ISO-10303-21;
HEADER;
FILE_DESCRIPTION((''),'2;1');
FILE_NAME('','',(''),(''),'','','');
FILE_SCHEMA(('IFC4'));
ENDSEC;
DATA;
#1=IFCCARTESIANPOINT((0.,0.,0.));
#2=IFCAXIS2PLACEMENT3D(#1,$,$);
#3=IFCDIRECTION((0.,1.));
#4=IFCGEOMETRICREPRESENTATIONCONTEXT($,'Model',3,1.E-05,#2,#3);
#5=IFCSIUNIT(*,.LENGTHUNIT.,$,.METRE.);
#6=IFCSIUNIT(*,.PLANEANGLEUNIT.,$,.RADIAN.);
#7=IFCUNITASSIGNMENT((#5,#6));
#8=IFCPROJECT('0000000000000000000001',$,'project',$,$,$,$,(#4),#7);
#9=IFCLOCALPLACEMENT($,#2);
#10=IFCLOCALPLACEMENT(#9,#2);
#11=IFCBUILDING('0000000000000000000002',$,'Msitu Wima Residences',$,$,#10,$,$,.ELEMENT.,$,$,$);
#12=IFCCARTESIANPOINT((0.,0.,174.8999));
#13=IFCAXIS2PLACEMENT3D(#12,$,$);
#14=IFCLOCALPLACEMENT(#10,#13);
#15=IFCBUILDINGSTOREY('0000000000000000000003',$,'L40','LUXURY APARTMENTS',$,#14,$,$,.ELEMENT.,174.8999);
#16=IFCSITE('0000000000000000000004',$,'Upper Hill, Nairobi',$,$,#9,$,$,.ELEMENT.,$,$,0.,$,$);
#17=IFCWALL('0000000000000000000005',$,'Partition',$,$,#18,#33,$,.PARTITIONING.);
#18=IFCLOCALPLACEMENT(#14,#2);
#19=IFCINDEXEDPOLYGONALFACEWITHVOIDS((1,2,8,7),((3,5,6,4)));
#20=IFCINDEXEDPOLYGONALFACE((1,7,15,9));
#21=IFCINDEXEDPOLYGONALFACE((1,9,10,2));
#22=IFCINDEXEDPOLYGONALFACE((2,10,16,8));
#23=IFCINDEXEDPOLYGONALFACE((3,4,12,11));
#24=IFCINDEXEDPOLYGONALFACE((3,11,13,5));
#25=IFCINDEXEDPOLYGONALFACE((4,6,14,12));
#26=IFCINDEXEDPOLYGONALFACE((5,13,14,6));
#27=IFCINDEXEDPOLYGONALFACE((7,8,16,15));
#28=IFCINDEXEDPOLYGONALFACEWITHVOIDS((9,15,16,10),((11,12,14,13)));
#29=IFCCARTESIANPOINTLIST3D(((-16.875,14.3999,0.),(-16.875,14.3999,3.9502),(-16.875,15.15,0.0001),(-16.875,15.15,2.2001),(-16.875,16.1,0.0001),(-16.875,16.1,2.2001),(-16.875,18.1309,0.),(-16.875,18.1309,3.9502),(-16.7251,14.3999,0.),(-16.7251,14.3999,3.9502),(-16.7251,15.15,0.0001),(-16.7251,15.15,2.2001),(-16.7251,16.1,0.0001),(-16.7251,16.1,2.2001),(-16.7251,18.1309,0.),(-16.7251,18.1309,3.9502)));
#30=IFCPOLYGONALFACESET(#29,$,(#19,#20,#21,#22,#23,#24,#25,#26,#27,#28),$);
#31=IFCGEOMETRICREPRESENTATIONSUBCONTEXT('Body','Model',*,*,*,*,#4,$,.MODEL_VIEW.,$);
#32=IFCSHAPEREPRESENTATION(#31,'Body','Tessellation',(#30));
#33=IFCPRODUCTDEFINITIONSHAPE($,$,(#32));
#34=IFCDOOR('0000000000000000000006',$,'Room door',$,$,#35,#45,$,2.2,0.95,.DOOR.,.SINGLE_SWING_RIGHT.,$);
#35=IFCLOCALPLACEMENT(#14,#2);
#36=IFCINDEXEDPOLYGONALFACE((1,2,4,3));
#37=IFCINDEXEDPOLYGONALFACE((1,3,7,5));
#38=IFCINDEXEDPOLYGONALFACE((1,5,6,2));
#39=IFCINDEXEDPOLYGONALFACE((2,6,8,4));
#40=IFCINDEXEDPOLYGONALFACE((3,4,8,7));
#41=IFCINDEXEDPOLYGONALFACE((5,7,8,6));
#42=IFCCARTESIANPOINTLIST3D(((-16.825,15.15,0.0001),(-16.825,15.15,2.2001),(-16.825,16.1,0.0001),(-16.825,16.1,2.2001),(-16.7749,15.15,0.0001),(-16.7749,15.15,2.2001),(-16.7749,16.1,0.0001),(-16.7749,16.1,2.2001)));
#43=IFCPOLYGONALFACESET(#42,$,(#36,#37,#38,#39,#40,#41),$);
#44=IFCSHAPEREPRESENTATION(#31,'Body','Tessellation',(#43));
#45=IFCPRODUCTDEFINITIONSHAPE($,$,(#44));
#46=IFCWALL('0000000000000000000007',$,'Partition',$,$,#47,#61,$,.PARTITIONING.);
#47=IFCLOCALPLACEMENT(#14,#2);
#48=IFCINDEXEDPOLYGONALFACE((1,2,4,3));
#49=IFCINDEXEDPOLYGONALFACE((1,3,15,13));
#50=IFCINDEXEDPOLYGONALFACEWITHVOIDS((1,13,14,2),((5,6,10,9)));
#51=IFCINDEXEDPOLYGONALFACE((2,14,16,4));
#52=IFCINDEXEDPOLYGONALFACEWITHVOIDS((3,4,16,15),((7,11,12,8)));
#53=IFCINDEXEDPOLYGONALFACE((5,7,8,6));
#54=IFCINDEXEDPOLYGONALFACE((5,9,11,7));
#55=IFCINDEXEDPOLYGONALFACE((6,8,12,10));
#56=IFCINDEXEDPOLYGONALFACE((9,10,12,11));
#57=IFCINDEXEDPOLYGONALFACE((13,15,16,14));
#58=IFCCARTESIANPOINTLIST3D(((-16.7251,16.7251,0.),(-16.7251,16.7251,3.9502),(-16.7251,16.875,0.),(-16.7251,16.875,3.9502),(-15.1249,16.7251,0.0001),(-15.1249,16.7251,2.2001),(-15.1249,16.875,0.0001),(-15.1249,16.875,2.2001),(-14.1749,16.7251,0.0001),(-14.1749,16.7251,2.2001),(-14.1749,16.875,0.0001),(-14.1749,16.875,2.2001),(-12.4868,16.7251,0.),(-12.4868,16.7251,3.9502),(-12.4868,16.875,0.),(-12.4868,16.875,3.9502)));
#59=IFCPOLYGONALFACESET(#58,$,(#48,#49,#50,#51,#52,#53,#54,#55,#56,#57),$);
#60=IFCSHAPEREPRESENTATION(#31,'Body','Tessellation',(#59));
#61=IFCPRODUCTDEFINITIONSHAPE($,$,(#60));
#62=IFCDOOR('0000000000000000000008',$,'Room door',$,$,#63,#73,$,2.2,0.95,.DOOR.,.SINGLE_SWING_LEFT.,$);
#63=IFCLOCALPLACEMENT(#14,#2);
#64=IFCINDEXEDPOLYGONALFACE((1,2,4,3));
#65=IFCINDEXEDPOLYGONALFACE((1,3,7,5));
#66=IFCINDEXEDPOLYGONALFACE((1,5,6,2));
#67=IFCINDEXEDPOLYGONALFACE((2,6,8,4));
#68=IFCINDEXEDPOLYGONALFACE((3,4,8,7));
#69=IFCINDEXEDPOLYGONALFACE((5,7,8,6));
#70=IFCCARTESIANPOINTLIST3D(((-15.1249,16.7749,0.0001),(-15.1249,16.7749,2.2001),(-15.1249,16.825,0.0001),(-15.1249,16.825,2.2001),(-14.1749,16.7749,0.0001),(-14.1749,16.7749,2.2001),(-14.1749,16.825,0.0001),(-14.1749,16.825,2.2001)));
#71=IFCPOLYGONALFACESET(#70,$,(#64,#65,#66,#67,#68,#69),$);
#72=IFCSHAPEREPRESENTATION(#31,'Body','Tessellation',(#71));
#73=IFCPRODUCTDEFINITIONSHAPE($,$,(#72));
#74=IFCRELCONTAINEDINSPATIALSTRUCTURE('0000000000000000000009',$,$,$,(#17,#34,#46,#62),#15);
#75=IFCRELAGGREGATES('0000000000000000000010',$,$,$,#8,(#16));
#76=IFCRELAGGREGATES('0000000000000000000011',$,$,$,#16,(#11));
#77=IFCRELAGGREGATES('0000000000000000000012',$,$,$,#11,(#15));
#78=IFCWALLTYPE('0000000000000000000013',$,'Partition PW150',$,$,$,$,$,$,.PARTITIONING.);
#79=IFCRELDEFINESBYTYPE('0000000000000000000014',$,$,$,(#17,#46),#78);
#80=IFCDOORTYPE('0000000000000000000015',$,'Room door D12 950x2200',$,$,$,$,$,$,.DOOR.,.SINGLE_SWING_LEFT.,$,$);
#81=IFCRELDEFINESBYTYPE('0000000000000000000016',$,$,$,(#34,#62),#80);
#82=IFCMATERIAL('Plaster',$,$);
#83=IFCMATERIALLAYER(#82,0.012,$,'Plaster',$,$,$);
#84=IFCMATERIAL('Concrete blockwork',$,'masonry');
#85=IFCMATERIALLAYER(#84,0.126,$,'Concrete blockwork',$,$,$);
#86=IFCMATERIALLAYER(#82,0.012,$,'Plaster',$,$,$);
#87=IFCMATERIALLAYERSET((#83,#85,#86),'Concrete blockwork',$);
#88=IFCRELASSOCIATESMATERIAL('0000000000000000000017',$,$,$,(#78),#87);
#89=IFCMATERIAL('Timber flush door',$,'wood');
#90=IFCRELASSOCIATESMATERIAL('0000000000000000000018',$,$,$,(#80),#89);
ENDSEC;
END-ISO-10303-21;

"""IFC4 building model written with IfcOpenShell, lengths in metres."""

from ifc_helpers import new_model, si_unit, direction, frame, frame_2d, origin, place, context, subcontext, project, spatial, rectangle, extrude, material, layer, layer_set, type_object, element, fill, save


model = new_model("IFC4")

# Units and contexts
model_context = context("Model", 3, precision=1e-05, world=origin(), true_north=direction((0.0, 1.0)))
body_context = subcontext(model_context, "Body", "Model", "MODEL_VIEW")
ifc_project = project(units=[si_unit("LENGTHUNIT", "METRE"), si_unit("PLANEANGLEUNIT", "RADIAN")], contexts=[model_context])

# Site, building, storey
site_placement = place(None, origin())
site = spatial("IfcSite", under=ifc_project, at=site_placement, Name="Upper Hill, Nairobi", CompositionType="ELEMENT", RefElevation=0.0)
building_placement = place(site_placement, origin())
building = spatial("IfcBuilding", under=site, at=building_placement, Name="Msitu Wima Residences", CompositionType="ELEMENT")
storey_placement = place(building_placement, frame((0.0, 0.0, 174.8999)))
storey = spatial("IfcBuildingStorey", under=building, at=storey_placement, Name="L40", Description="LUXURY APARTMENTS", CompositionType="ELEMENT", Elevation=174.8999)

# Shared definitions
ifc_material_1 = material(Name="Plaster")
ifc_material_2 = material(Name="Concrete blockwork", Category="masonry")

# Shared definitions
ifc_layer_1 = layer(ifc_material_1, 0.012, Name="Plaster")
ifc_layer_2 = layer(ifc_material_2, 0.126, Name="Concrete blockwork")
ifc_layer_3 = layer(ifc_material_1, 0.012, Name="Plaster")
ifc_layer_set_1 = layer_set([ifc_layer_1, ifc_layer_2, ifc_layer_3], Name="Concrete blockwork")
wall_type_1 = type_object("IfcWallType", Name="Partition PW150", PredefinedType="PARTITIONING", material=ifc_layer_set_1)

# Shared definitions
ifc_material_3 = material(Name="Timber flush door", Category="wood")
door_type_1 = type_object("IfcDoorType", Name="Room door D12 950x2200", OperationType="SINGLE_SWING_LEFT", PredefinedType="DOOR", material=ifc_material_3)

# Walls, openings, doors
wall_1_placement = place(storey_placement, frame((-16.8, 14.3999, 0.0), z_axis=(0.0, 0.0, 1.0), x_axis=(0.0, 1.0, 0.0)))
wall_1 = element("IfcWall", 1, at=wall_1_placement, inside=storey, type_object=wall_type_1, Name="Partition", PredefinedType="PARTITIONING", context=body_context, shape_type="SweptSolid", body=[
    extrude(rectangle(XDim=3.731, YDim=0.1499, at=frame_2d((1.8655, 0.0))), origin(), (0.0, 0.0, 1.0), 3.9502),
])
opening_1_placement = place(wall_1_placement, frame((0.75, 0.0, 0.0)))
opening_1 = element("IfcOpeningElement", 2, at=opening_1_placement, cuts=wall_1, PredefinedType="OPENING", context=body_context, shape_type="SweptSolid", body=[
    extrude(rectangle(XDim=0.95, YDim=2.2, at=frame_2d((0.4751, 1.1001))), frame((0.0, 0.085, 0.0), z_axis=(0.0, -1.0, 0.0), x_axis=(1.0, 0.0, 0.0)), (0.0, 0.0, 1.0), 0.1699),
])
door_1_placement = place(opening_1_placement, origin())
door_1 = element("IfcDoor", 3, at=door_1_placement, inside=storey, type_object=door_type_1, Name="Room door", OperationType="SINGLE_SWING_RIGHT", OverallHeight=2.2, OverallWidth=0.95, PredefinedType="DOOR", context=body_context, shape_type="SweptSolid", body=[
    extrude(rectangle(XDim=0.95, YDim=2.2, at=frame_2d((0.4751, 1.1001))), frame((0.0, 0.0249, 0.0), z_axis=(0.0, -1.0, 0.0), x_axis=(1.0, 0.0, 0.0)), (0.0, 0.0, 1.0), 0.05),
])
fill(opening_1, door_1)
wall_2_placement = place(storey_placement, frame((-16.7251, 16.8, 0.0), z_axis=(0.0, 0.0, 1.0), x_axis=(1.0, 0.0, 0.0)))
wall_2 = element("IfcWall", 4, at=wall_2_placement, inside=storey, type_object=wall_type_1, Name="Partition", PredefinedType="PARTITIONING", context=body_context, shape_type="SweptSolid", body=[
    extrude(rectangle(XDim=4.2383, YDim=0.1499, at=frame_2d((2.1191, 0.0))), origin(), (0.0, 0.0, 1.0), 3.9502),
])
opening_2_placement = place(wall_2_placement, frame((1.6001, 0.0, 0.0)))
opening_2 = element("IfcOpeningElement", 5, at=opening_2_placement, cuts=wall_2, PredefinedType="OPENING", context=body_context, shape_type="SweptSolid", body=[
    extrude(rectangle(XDim=0.95, YDim=2.2, at=frame_2d((0.4751, 1.1001))), frame((0.0, 0.085, 0.0), z_axis=(0.0, -1.0, 0.0), x_axis=(1.0, 0.0, 0.0)), (0.0, 0.0, 1.0), 0.1699),
])
door_2_placement = place(opening_2_placement, origin())
door_2 = element("IfcDoor", 6, at=door_2_placement, inside=storey, type_object=door_type_1, Name="Room door", OperationType="SINGLE_SWING_LEFT", OverallHeight=2.2, OverallWidth=0.95, PredefinedType="DOOR", context=body_context, shape_type="SweptSolid", body=[
    extrude(rectangle(XDim=0.95, YDim=2.2, at=frame_2d((0.4751, 1.1001))), frame((0.0, 0.0249, 0.0), z_axis=(0.0, -1.0, 0.0), x_axis=(1.0, 0.0, 0.0)), (0.0, 0.0, 1.0), 0.05),
])
fill(opening_2, door_2)

save(model, "model.ifc")
